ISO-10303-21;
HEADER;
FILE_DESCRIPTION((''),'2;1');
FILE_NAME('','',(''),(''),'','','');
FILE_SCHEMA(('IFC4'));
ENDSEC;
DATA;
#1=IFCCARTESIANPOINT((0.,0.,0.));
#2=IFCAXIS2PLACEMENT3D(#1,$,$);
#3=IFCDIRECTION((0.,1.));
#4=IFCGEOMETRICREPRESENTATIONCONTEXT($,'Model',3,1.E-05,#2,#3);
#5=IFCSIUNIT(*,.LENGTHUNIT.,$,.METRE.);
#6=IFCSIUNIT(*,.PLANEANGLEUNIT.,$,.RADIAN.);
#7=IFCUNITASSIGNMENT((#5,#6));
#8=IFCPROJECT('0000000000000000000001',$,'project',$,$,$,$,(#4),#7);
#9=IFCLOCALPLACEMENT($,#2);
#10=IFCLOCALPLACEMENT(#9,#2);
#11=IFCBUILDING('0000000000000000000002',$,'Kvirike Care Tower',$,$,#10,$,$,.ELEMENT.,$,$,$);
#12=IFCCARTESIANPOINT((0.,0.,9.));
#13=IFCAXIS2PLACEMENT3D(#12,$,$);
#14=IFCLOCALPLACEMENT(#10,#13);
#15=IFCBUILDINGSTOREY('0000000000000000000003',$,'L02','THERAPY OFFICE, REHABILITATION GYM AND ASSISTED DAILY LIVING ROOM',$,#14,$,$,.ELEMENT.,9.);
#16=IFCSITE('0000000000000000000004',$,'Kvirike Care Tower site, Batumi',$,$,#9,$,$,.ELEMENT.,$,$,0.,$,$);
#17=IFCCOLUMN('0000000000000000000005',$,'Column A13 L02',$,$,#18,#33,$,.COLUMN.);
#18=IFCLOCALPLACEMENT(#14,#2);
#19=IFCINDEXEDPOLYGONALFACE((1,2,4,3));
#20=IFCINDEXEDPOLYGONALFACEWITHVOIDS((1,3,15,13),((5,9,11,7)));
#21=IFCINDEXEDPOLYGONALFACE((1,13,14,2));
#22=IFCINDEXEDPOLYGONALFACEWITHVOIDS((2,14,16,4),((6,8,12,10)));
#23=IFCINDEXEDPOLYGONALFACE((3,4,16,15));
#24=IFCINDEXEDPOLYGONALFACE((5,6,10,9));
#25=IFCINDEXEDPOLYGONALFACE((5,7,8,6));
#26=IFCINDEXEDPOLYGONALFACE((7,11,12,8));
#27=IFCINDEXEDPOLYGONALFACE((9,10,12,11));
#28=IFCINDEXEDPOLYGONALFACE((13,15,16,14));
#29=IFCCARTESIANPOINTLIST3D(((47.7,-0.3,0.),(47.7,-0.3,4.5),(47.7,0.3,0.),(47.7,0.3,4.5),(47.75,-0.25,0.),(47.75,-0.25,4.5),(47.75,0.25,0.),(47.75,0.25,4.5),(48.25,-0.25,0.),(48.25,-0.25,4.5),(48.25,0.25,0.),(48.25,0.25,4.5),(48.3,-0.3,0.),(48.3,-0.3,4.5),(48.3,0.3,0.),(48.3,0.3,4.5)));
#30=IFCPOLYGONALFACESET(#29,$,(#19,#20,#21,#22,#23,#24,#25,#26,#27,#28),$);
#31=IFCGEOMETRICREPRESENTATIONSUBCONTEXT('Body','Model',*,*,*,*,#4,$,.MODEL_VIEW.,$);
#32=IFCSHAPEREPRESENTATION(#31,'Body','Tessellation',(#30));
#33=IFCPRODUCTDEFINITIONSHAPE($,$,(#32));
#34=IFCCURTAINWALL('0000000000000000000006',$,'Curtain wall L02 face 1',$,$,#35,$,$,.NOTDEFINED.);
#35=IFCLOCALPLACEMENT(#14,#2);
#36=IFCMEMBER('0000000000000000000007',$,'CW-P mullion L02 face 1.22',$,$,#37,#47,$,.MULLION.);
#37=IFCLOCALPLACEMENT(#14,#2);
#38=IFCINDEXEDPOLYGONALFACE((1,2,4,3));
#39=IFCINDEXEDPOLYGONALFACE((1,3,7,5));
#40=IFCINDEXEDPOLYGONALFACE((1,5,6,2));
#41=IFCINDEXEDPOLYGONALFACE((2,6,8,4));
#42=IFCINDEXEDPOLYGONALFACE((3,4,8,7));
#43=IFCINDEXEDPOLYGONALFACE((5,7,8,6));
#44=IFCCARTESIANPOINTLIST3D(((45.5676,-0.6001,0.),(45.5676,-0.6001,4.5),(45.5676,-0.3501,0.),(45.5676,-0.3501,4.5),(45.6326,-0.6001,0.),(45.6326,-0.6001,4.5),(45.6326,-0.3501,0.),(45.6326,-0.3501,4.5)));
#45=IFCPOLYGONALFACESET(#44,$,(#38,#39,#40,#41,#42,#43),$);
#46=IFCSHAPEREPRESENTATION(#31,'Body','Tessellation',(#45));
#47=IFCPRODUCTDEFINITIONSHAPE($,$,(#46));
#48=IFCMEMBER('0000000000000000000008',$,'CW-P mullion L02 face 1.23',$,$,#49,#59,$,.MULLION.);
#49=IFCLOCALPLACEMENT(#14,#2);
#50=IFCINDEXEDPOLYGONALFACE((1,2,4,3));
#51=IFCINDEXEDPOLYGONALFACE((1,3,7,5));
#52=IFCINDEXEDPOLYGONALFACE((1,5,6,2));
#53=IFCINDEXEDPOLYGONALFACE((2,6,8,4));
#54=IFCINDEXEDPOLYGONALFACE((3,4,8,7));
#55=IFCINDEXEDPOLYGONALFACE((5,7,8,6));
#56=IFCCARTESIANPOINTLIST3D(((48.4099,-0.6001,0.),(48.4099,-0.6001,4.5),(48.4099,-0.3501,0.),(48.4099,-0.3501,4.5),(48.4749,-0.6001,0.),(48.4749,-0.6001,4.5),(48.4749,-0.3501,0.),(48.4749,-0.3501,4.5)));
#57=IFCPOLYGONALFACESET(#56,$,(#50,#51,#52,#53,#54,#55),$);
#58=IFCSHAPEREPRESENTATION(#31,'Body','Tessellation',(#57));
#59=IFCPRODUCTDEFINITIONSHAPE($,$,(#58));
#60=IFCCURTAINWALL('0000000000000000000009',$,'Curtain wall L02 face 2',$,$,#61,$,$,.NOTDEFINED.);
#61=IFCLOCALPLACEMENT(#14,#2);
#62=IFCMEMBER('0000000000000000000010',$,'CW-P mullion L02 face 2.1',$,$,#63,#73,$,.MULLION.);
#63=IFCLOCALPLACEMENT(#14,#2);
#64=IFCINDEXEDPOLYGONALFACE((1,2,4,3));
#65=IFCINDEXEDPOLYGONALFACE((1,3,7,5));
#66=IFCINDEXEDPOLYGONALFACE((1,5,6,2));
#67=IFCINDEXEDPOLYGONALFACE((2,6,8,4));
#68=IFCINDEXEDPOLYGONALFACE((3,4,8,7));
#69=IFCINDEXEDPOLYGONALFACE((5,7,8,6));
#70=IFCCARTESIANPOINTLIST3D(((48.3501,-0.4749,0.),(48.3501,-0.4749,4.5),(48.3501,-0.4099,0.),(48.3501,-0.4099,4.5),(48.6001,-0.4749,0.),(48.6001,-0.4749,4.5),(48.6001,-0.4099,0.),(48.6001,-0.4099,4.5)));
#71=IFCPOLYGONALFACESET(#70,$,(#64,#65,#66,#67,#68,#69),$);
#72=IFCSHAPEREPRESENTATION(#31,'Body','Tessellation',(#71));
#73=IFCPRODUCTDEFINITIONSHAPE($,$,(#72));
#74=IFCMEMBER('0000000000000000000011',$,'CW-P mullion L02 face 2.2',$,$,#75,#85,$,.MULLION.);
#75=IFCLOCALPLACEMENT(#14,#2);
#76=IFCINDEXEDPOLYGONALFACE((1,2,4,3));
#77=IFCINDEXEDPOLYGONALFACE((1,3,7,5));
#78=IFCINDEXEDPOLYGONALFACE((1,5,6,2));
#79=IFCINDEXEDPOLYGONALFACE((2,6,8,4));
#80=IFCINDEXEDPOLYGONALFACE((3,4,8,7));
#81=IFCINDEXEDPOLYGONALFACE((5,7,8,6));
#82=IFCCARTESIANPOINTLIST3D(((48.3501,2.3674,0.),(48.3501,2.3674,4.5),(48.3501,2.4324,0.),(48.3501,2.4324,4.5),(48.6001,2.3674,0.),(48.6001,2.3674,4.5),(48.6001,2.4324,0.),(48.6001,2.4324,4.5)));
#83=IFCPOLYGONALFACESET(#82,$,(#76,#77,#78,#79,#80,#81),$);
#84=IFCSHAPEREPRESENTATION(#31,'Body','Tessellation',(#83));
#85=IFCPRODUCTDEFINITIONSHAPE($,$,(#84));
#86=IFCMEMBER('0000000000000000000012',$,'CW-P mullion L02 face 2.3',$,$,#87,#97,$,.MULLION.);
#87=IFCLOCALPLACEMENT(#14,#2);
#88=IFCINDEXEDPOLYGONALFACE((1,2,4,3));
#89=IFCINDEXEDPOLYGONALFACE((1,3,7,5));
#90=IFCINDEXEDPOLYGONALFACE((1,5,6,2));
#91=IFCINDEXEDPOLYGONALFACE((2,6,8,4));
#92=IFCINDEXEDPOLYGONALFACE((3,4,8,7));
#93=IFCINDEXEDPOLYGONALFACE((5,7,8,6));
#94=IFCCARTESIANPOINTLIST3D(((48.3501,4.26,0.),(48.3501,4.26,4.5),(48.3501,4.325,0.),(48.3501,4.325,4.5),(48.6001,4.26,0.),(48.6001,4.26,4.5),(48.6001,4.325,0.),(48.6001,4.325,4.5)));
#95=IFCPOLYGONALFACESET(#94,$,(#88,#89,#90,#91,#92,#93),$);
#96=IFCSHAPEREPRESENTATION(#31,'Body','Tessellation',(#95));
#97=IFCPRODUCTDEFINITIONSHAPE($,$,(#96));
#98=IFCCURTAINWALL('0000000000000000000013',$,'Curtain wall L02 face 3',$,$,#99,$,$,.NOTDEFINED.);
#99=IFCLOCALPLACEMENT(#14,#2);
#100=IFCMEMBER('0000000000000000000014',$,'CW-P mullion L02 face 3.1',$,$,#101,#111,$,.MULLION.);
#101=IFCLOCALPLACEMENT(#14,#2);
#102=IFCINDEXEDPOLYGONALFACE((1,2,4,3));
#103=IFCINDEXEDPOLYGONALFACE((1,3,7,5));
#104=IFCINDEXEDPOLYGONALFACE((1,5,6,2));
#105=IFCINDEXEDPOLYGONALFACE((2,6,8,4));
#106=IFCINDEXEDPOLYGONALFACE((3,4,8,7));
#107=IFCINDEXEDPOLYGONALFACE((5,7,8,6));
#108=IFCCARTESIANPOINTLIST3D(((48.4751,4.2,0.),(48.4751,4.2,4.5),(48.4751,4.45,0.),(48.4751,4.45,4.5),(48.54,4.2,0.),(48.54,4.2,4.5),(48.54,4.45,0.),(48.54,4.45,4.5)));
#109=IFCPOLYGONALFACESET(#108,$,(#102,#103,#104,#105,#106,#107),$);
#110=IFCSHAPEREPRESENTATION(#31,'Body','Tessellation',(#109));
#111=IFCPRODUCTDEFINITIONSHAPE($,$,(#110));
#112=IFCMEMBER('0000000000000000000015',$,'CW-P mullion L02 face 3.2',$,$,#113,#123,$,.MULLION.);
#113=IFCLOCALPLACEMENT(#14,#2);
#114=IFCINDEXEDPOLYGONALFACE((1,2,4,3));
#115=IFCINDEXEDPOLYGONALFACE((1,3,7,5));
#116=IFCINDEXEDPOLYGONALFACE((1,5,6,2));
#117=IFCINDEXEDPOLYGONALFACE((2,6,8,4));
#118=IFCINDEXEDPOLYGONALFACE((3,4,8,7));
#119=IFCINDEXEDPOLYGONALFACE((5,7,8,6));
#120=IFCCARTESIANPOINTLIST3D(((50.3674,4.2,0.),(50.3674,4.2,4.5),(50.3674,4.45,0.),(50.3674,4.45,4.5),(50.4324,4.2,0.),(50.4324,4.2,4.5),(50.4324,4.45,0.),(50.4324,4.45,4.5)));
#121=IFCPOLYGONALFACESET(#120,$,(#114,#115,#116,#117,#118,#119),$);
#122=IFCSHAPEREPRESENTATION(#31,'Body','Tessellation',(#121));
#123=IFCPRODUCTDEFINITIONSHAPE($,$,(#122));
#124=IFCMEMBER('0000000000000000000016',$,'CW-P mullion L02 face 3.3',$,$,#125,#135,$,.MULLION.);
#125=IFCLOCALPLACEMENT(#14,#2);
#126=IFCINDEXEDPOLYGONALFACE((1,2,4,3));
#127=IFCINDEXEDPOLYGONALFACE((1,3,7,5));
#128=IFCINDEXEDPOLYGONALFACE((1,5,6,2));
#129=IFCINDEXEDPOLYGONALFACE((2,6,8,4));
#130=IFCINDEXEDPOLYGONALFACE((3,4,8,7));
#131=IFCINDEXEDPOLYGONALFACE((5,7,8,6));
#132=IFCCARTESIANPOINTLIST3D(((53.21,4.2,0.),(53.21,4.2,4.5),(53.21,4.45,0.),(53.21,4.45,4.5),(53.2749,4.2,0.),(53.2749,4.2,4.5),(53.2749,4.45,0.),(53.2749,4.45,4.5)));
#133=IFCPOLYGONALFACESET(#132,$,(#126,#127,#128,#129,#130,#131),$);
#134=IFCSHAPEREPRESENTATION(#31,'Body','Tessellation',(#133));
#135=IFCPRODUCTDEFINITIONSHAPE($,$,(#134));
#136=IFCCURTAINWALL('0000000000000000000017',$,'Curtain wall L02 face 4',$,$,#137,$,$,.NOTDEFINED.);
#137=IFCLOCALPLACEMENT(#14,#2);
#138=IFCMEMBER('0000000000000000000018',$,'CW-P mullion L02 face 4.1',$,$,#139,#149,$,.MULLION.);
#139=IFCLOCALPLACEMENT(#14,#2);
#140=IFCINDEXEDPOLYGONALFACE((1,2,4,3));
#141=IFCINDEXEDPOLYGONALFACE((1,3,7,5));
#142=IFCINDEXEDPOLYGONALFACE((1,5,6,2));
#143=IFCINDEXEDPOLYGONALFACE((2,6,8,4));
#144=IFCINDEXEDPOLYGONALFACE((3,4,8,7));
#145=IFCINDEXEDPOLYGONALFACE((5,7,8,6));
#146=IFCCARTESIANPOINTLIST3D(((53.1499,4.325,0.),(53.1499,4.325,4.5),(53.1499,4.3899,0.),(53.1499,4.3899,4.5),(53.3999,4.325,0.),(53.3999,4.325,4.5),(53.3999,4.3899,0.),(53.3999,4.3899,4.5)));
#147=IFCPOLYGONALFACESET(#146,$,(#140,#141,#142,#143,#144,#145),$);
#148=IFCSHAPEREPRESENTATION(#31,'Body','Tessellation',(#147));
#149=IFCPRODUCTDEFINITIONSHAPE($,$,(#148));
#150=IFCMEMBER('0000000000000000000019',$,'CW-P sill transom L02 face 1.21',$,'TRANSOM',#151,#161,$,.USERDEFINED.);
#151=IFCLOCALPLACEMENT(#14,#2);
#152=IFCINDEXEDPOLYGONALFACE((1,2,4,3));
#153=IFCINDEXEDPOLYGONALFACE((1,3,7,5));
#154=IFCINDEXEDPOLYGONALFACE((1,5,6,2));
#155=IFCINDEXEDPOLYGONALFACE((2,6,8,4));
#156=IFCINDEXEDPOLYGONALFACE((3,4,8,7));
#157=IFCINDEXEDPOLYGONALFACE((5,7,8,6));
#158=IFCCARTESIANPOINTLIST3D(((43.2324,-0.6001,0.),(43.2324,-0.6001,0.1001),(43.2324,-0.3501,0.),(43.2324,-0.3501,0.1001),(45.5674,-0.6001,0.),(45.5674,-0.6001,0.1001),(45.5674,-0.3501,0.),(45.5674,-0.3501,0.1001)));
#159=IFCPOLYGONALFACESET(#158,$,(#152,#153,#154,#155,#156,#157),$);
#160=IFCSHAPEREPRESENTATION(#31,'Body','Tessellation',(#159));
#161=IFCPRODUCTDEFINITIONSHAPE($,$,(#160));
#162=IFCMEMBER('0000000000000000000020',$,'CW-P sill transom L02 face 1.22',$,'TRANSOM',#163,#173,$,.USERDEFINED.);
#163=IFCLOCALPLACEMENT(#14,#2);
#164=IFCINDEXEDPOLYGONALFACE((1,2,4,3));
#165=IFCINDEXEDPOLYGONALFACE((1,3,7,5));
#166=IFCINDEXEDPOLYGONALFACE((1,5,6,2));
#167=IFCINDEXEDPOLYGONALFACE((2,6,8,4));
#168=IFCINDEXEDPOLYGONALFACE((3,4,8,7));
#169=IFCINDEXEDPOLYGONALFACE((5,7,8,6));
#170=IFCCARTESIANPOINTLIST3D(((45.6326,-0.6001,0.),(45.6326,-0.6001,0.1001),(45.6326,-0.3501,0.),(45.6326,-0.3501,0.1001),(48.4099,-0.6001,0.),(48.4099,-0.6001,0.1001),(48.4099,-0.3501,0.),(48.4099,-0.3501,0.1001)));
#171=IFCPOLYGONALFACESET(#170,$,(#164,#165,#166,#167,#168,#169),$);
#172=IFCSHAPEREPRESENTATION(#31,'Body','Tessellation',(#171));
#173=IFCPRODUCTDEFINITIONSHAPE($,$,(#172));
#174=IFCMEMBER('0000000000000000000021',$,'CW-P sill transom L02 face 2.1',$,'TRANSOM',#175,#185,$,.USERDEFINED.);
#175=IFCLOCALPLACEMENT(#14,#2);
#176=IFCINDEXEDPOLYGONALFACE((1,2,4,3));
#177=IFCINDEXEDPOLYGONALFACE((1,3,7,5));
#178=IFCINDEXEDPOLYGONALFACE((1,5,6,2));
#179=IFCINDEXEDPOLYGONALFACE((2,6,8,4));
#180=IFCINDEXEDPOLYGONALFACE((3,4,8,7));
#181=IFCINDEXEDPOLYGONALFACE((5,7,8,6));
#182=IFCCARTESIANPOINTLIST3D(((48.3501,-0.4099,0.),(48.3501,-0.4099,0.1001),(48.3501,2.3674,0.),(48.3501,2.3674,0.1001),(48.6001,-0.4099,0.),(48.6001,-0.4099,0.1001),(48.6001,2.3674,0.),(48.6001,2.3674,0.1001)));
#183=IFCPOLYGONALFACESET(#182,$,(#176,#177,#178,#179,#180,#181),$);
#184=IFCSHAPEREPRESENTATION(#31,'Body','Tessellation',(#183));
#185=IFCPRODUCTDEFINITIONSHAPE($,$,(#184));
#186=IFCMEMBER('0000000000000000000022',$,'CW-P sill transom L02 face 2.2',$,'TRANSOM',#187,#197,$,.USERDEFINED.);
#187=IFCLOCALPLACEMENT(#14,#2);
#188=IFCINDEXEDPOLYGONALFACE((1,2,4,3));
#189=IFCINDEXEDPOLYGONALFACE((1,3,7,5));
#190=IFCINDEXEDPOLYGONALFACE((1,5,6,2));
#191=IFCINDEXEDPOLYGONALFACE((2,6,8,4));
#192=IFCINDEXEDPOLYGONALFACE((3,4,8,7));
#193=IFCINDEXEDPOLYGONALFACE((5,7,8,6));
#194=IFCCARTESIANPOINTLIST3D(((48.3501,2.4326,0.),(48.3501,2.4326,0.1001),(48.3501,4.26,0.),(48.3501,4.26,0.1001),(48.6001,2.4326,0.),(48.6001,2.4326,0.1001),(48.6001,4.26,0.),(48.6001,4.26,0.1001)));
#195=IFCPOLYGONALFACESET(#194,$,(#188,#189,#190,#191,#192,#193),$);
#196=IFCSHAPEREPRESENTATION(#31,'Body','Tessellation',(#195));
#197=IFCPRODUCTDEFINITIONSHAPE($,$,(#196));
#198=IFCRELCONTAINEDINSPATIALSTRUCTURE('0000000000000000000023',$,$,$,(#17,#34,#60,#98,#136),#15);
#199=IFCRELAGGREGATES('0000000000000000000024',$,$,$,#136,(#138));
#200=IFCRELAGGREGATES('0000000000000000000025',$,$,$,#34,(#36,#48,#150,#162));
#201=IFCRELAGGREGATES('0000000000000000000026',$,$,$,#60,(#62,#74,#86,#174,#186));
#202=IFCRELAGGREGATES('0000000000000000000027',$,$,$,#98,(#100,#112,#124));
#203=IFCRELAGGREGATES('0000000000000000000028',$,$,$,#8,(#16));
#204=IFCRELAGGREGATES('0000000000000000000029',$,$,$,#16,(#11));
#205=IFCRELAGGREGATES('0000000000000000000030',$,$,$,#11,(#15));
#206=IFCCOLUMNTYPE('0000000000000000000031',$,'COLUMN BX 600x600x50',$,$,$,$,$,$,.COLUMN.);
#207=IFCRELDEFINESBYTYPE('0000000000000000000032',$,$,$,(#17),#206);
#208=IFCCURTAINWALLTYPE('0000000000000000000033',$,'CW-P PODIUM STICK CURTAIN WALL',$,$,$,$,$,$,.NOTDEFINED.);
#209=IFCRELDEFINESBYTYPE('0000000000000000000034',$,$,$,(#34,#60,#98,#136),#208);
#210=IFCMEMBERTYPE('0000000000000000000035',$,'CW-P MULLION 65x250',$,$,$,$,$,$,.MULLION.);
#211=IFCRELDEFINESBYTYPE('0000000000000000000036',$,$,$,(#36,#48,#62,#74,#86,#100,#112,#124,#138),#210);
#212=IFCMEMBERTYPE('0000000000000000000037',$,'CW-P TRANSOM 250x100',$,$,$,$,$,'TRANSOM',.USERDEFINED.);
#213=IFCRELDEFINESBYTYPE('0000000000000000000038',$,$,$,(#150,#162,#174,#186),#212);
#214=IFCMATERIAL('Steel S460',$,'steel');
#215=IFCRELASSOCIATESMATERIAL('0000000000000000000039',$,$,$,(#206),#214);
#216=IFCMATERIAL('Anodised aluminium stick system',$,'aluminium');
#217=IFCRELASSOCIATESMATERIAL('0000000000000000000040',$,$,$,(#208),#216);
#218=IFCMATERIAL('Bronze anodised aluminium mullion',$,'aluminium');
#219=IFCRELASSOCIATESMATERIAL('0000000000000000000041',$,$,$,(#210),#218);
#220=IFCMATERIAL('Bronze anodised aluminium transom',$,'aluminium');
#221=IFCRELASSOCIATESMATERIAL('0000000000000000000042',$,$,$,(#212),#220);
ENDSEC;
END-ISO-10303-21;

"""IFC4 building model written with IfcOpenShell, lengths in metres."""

from ifc_helpers import new_model, si_unit, direction, frame, origin, origin_2d, place, context, subcontext, project, spatial, rectangle, hollow_rectangle, extrude, material, material_profile, profile_set, type_object, element, aggregate, save


model = new_model("IFC4")

# Units and contexts
model_context = context("Model", 3, precision=1e-05, world=origin(), true_north=direction((0.0, 1.0)))
body_context = subcontext(model_context, "Body", "Model", "MODEL_VIEW")
ifc_project = project(units=[si_unit("LENGTHUNIT", "METRE"), si_unit("PLANEANGLEUNIT", "RADIAN")], contexts=[model_context])

# Site, building, storey
site_placement = place(None, origin())
site = spatial("IfcSite", under=ifc_project, at=site_placement, Name="Kvirike Care Tower site, Batumi", CompositionType="ELEMENT", RefElevation=0.0)
building_placement = place(site_placement, origin())
building = spatial("IfcBuilding", under=site, at=building_placement, Name="Kvirike Care Tower", CompositionType="ELEMENT")
storey_placement = place(building_placement, frame((0.0, 0.0, 9.0)))
storey = spatial("IfcBuildingStorey", under=building, at=storey_placement, Name="L02", Description="THERAPY OFFICE, REHABILITATION GYM AND ASSISTED DAILY LIVING ROOM", CompositionType="ELEMENT", Elevation=9.0)

# Column
ifc_material_1 = material(Name="Steel S460", Category="steel")
ifc_material_profile_1 = material_profile(ifc_material_1, hollow_rectangle(XDim=0.6001, YDim=0.6001, WallThickness=0.05, at=origin_2d()), Name="BX 600x600x50")
ifc_profile_set_1 = profile_set([ifc_material_profile_1], Name="Steel S460")
column_type = type_object("IfcColumnType", Name="COLUMN BX 600x600x50", PredefinedType="COLUMN", material=ifc_profile_set_1)
column_placement = place(storey_placement, frame((48.0, 0.0, 0.0), z_axis=(0.0, 0.0, 1.0), x_axis=(0.0, 1.0, 0.0)))
element("IfcColumn", 1, at=column_placement, inside=storey, type_object=column_type, Name="Column A13 L02", PredefinedType="COLUMN", context=body_context, shape_type="SweptSolid", body=[
    extrude(hollow_rectangle(XDim=0.6001, YDim=0.6001, WallThickness=0.05, at=origin_2d()), origin(), (0.0, 0.0, 1.0), 4.5),
])

# Curtain walls, members
ifc_material_2 = material(Name="Anodised aluminium stick system", Category="aluminium")
curtain_wall_type = type_object("IfcCurtainWallType", Name="CW-P PODIUM STICK CURTAIN WALL", PredefinedType="NOTDEFINED", material=ifc_material_2)
curtain_wall_1_placement = place(storey_placement, origin())
curtain_wall_1 = element("IfcCurtainWall", 2, at=curtain_wall_1_placement, inside=storey, type_object=curtain_wall_type, Name="Curtain wall L02 face 1", PredefinedType="NOTDEFINED")
ifc_material_3 = material(Name="Bronze anodised aluminium mullion", Category="aluminium")
ifc_material_profile_2 = material_profile(ifc_material_3, rectangle(XDim=0.0649, YDim=0.25, at=origin_2d()), Name="CW-P MULLION 65x250")
ifc_profile_set_2 = profile_set([ifc_material_profile_2], Name="Bronze anodised aluminium mullion")
member_type_1 = type_object("IfcMemberType", Name="CW-P MULLION 65x250", PredefinedType="MULLION", material=ifc_profile_set_2)
member_1_placement = place(storey_placement, frame((45.6001, -0.4751, 0.0), z_axis=(0.0, 0.0, 1.0), x_axis=(1.0, 0.0, 0.0)))
member_1 = element("IfcMember", 3, at=member_1_placement, type_object=member_type_1, Name="CW-P mullion L02 face 1.22", PredefinedType="MULLION", context=body_context, shape_type="SweptSolid", body=[
    extrude(rectangle(XDim=0.0649, YDim=0.25, at=origin_2d()), origin(), (0.0, 0.0, 1.0), 4.5),
])
member_2_placement = place(storey_placement, frame((48.4424, -0.4751, 0.0), z_axis=(0.0, 0.0, 1.0), x_axis=(1.0, 0.0, 0.0)))
member_2 = element("IfcMember", 4, at=member_2_placement, type_object=member_type_1, Name="CW-P mullion L02 face 1.23", PredefinedType="MULLION", context=body_context, shape_type="SweptSolid", body=[
    extrude(rectangle(XDim=0.0649, YDim=0.25, at=origin_2d()), origin(), (0.0, 0.0, 1.0), 4.5),
])
curtain_wall_2_placement = place(storey_placement, origin())
curtain_wall_2 = element("IfcCurtainWall", 5, at=curtain_wall_2_placement, inside=storey, type_object=curtain_wall_type, Name="Curtain wall L02 face 2", PredefinedType="NOTDEFINED")
member_3_placement = place(storey_placement, frame((48.4751, -0.4424, 0.0), z_axis=(0.0, 0.0, 1.0), x_axis=(0.0, 1.0, 0.0)))
member_3 = element("IfcMember", 6, at=member_3_placement, type_object=member_type_1, Name="CW-P mullion L02 face 2.1", PredefinedType="MULLION", context=body_context, shape_type="SweptSolid", body=[
    extrude(rectangle(XDim=0.0649, YDim=0.25, at=origin_2d()), origin(), (0.0, 0.0, 1.0), 4.5),
])
member_4_placement = place(storey_placement, frame((48.4751, 2.3999, 0.0), z_axis=(0.0, 0.0, 1.0), x_axis=(0.0, 1.0, 0.0)))
member_4 = element("IfcMember", 7, at=member_4_placement, type_object=member_type_1, Name="CW-P mullion L02 face 2.2", PredefinedType="MULLION", context=body_context, shape_type="SweptSolid", body=[
    extrude(rectangle(XDim=0.0649, YDim=0.25, at=origin_2d()), origin(), (0.0, 0.0, 1.0), 4.5),
])
member_5_placement = place(storey_placement, frame((48.4751, 4.2925, 0.0), z_axis=(0.0, 0.0, 1.0), x_axis=(0.0, 1.0, 0.0)))
member_5 = element("IfcMember", 8, at=member_5_placement, type_object=member_type_1, Name="CW-P mullion L02 face 2.3", PredefinedType="MULLION", context=body_context, shape_type="SweptSolid", body=[
    extrude(rectangle(XDim=0.0649, YDim=0.25, at=origin_2d()), origin(), (0.0, 0.0, 1.0), 4.5),
])
curtain_wall_3_placement = place(storey_placement, origin())
curtain_wall_3 = element("IfcCurtainWall", 9, at=curtain_wall_3_placement, inside=storey, type_object=curtain_wall_type, Name="Curtain wall L02 face 3", PredefinedType="NOTDEFINED")
member_6_placement = place(storey_placement, frame((48.5076, 4.325, 0.0), z_axis=(0.0, 0.0, 1.0), x_axis=(1.0, 0.0, 0.0)))
member_6 = element("IfcMember", 10, at=member_6_placement, type_object=member_type_1, Name="CW-P mullion L02 face 3.1", PredefinedType="MULLION", context=body_context, shape_type="SweptSolid", body=[
    extrude(rectangle(XDim=0.0649, YDim=0.25, at=origin_2d()), origin(), (0.0, 0.0, 1.0), 4.5),
])
member_7_placement = place(storey_placement, frame((50.3999, 4.325, 0.0), z_axis=(0.0, 0.0, 1.0), x_axis=(1.0, 0.0, 0.0)))
member_7 = element("IfcMember", 11, at=member_7_placement, type_object=member_type_1, Name="CW-P mullion L02 face 3.2", PredefinedType="MULLION", context=body_context, shape_type="SweptSolid", body=[
    extrude(rectangle(XDim=0.0649, YDim=0.25, at=origin_2d()), origin(), (0.0, 0.0, 1.0), 4.5),
])
member_8_placement = place(storey_placement, frame((53.2424, 4.325, 0.0), z_axis=(0.0, 0.0, 1.0), x_axis=(1.0, 0.0, 0.0)))
member_8 = element("IfcMember", 12, at=member_8_placement, type_object=member_type_1, Name="CW-P mullion L02 face 3.3", PredefinedType="MULLION", context=body_context, shape_type="SweptSolid", body=[
    extrude(rectangle(XDim=0.0649, YDim=0.25, at=origin_2d()), origin(), (0.0, 0.0, 1.0), 4.5),
])

# Curtain wall, member
curtain_wall_4_placement = place(storey_placement, origin())
curtain_wall_4 = element("IfcCurtainWall", 13, at=curtain_wall_4_placement, inside=storey, type_object=curtain_wall_type, Name="Curtain wall L02 face 4", PredefinedType="NOTDEFINED")
member_9_placement = place(storey_placement, frame((53.2749, 4.3574, 0.0), z_axis=(0.0, 0.0, 1.0), x_axis=(0.0, 1.0, 0.0)))
member_9 = element("IfcMember", 14, at=member_9_placement, type_object=member_type_1, Name="CW-P mullion L02 face 4.1", PredefinedType="MULLION", context=body_context, shape_type="SweptSolid", body=[
    extrude(rectangle(XDim=0.0649, YDim=0.25, at=origin_2d()), origin(), (0.0, 0.0, 1.0), 4.5),
])

# Members
ifc_material_4 = material(Name="Bronze anodised aluminium transom", Category="aluminium")
ifc_material_profile_3 = material_profile(ifc_material_4, rectangle(XDim=0.25, YDim=0.1001, at=origin_2d()), Name="CW-P TRANSOM 250x100")
ifc_profile_set_3 = profile_set([ifc_material_profile_3], Name="Bronze anodised aluminium transom")
member_type_2 = type_object("IfcMemberType", Name="CW-P TRANSOM 250x100", ElementType="TRANSOM", PredefinedType="USERDEFINED", material=ifc_profile_set_3)
member_10_placement = place(storey_placement, frame((43.2324, -0.4751, 0.05), z_axis=(1.0, 0.0, 0.0), x_axis=(0.0, 1.0, 0.0)))
member_10 = element("IfcMember", 15, at=member_10_placement, type_object=member_type_2, Name="CW-P sill transom L02 face 1.21", ObjectType="TRANSOM", PredefinedType="USERDEFINED", context=body_context, shape_type="SweptSolid", body=[
    extrude(rectangle(XDim=0.25, YDim=0.1001, at=origin_2d()), origin(), (0.0, 0.0, 1.0), 2.335),
])
member_11_placement = place(storey_placement, frame((45.6326, -0.4751, 0.05), z_axis=(1.0, 0.0, 0.0), x_axis=(0.0, 1.0, 0.0)))
member_11 = element("IfcMember", 16, at=member_11_placement, type_object=member_type_2, Name="CW-P sill transom L02 face 1.22", ObjectType="TRANSOM", PredefinedType="USERDEFINED", context=body_context, shape_type="SweptSolid", body=[
    extrude(rectangle(XDim=0.25, YDim=0.1001, at=origin_2d()), origin(), (0.0, 0.0, 1.0), 2.7773),
])
member_12_placement = place(storey_placement, frame((48.4751, -0.4099, 0.05), z_axis=(0.0, 1.0, 0.0), x_axis=(-1.0, 0.0, 0.0)))
member_12 = element("IfcMember", 17, at=member_12_placement, type_object=member_type_2, Name="CW-P sill transom L02 face 2.1", ObjectType="TRANSOM", PredefinedType="USERDEFINED", context=body_context, shape_type="SweptSolid", body=[
    extrude(rectangle(XDim=0.25, YDim=0.1001, at=origin_2d()), origin(), (0.0, 0.0, 1.0), 2.7773),
])
member_13_placement = place(storey_placement, frame((48.4751, 2.4326, 0.05), z_axis=(0.0, 1.0, 0.0), x_axis=(-1.0, 0.0, 0.0)))
member_13 = element("IfcMember", 18, at=member_13_placement, type_object=member_type_2, Name="CW-P sill transom L02 face 2.2", ObjectType="TRANSOM", PredefinedType="USERDEFINED", context=body_context, shape_type="SweptSolid", body=[
    extrude(rectangle(XDim=0.25, YDim=0.1001, at=origin_2d()), origin(), (0.0, 0.0, 1.0), 1.8274),
])
aggregate(curtain_wall_4, [member_9])

aggregate(curtain_wall_1, [member_1, member_2, member_10, member_11])
aggregate(curtain_wall_2, [member_3, member_4, member_5, member_12, member_13])
aggregate(curtain_wall_3, [member_6, member_7, member_8])

save(model, "model.ifc")
